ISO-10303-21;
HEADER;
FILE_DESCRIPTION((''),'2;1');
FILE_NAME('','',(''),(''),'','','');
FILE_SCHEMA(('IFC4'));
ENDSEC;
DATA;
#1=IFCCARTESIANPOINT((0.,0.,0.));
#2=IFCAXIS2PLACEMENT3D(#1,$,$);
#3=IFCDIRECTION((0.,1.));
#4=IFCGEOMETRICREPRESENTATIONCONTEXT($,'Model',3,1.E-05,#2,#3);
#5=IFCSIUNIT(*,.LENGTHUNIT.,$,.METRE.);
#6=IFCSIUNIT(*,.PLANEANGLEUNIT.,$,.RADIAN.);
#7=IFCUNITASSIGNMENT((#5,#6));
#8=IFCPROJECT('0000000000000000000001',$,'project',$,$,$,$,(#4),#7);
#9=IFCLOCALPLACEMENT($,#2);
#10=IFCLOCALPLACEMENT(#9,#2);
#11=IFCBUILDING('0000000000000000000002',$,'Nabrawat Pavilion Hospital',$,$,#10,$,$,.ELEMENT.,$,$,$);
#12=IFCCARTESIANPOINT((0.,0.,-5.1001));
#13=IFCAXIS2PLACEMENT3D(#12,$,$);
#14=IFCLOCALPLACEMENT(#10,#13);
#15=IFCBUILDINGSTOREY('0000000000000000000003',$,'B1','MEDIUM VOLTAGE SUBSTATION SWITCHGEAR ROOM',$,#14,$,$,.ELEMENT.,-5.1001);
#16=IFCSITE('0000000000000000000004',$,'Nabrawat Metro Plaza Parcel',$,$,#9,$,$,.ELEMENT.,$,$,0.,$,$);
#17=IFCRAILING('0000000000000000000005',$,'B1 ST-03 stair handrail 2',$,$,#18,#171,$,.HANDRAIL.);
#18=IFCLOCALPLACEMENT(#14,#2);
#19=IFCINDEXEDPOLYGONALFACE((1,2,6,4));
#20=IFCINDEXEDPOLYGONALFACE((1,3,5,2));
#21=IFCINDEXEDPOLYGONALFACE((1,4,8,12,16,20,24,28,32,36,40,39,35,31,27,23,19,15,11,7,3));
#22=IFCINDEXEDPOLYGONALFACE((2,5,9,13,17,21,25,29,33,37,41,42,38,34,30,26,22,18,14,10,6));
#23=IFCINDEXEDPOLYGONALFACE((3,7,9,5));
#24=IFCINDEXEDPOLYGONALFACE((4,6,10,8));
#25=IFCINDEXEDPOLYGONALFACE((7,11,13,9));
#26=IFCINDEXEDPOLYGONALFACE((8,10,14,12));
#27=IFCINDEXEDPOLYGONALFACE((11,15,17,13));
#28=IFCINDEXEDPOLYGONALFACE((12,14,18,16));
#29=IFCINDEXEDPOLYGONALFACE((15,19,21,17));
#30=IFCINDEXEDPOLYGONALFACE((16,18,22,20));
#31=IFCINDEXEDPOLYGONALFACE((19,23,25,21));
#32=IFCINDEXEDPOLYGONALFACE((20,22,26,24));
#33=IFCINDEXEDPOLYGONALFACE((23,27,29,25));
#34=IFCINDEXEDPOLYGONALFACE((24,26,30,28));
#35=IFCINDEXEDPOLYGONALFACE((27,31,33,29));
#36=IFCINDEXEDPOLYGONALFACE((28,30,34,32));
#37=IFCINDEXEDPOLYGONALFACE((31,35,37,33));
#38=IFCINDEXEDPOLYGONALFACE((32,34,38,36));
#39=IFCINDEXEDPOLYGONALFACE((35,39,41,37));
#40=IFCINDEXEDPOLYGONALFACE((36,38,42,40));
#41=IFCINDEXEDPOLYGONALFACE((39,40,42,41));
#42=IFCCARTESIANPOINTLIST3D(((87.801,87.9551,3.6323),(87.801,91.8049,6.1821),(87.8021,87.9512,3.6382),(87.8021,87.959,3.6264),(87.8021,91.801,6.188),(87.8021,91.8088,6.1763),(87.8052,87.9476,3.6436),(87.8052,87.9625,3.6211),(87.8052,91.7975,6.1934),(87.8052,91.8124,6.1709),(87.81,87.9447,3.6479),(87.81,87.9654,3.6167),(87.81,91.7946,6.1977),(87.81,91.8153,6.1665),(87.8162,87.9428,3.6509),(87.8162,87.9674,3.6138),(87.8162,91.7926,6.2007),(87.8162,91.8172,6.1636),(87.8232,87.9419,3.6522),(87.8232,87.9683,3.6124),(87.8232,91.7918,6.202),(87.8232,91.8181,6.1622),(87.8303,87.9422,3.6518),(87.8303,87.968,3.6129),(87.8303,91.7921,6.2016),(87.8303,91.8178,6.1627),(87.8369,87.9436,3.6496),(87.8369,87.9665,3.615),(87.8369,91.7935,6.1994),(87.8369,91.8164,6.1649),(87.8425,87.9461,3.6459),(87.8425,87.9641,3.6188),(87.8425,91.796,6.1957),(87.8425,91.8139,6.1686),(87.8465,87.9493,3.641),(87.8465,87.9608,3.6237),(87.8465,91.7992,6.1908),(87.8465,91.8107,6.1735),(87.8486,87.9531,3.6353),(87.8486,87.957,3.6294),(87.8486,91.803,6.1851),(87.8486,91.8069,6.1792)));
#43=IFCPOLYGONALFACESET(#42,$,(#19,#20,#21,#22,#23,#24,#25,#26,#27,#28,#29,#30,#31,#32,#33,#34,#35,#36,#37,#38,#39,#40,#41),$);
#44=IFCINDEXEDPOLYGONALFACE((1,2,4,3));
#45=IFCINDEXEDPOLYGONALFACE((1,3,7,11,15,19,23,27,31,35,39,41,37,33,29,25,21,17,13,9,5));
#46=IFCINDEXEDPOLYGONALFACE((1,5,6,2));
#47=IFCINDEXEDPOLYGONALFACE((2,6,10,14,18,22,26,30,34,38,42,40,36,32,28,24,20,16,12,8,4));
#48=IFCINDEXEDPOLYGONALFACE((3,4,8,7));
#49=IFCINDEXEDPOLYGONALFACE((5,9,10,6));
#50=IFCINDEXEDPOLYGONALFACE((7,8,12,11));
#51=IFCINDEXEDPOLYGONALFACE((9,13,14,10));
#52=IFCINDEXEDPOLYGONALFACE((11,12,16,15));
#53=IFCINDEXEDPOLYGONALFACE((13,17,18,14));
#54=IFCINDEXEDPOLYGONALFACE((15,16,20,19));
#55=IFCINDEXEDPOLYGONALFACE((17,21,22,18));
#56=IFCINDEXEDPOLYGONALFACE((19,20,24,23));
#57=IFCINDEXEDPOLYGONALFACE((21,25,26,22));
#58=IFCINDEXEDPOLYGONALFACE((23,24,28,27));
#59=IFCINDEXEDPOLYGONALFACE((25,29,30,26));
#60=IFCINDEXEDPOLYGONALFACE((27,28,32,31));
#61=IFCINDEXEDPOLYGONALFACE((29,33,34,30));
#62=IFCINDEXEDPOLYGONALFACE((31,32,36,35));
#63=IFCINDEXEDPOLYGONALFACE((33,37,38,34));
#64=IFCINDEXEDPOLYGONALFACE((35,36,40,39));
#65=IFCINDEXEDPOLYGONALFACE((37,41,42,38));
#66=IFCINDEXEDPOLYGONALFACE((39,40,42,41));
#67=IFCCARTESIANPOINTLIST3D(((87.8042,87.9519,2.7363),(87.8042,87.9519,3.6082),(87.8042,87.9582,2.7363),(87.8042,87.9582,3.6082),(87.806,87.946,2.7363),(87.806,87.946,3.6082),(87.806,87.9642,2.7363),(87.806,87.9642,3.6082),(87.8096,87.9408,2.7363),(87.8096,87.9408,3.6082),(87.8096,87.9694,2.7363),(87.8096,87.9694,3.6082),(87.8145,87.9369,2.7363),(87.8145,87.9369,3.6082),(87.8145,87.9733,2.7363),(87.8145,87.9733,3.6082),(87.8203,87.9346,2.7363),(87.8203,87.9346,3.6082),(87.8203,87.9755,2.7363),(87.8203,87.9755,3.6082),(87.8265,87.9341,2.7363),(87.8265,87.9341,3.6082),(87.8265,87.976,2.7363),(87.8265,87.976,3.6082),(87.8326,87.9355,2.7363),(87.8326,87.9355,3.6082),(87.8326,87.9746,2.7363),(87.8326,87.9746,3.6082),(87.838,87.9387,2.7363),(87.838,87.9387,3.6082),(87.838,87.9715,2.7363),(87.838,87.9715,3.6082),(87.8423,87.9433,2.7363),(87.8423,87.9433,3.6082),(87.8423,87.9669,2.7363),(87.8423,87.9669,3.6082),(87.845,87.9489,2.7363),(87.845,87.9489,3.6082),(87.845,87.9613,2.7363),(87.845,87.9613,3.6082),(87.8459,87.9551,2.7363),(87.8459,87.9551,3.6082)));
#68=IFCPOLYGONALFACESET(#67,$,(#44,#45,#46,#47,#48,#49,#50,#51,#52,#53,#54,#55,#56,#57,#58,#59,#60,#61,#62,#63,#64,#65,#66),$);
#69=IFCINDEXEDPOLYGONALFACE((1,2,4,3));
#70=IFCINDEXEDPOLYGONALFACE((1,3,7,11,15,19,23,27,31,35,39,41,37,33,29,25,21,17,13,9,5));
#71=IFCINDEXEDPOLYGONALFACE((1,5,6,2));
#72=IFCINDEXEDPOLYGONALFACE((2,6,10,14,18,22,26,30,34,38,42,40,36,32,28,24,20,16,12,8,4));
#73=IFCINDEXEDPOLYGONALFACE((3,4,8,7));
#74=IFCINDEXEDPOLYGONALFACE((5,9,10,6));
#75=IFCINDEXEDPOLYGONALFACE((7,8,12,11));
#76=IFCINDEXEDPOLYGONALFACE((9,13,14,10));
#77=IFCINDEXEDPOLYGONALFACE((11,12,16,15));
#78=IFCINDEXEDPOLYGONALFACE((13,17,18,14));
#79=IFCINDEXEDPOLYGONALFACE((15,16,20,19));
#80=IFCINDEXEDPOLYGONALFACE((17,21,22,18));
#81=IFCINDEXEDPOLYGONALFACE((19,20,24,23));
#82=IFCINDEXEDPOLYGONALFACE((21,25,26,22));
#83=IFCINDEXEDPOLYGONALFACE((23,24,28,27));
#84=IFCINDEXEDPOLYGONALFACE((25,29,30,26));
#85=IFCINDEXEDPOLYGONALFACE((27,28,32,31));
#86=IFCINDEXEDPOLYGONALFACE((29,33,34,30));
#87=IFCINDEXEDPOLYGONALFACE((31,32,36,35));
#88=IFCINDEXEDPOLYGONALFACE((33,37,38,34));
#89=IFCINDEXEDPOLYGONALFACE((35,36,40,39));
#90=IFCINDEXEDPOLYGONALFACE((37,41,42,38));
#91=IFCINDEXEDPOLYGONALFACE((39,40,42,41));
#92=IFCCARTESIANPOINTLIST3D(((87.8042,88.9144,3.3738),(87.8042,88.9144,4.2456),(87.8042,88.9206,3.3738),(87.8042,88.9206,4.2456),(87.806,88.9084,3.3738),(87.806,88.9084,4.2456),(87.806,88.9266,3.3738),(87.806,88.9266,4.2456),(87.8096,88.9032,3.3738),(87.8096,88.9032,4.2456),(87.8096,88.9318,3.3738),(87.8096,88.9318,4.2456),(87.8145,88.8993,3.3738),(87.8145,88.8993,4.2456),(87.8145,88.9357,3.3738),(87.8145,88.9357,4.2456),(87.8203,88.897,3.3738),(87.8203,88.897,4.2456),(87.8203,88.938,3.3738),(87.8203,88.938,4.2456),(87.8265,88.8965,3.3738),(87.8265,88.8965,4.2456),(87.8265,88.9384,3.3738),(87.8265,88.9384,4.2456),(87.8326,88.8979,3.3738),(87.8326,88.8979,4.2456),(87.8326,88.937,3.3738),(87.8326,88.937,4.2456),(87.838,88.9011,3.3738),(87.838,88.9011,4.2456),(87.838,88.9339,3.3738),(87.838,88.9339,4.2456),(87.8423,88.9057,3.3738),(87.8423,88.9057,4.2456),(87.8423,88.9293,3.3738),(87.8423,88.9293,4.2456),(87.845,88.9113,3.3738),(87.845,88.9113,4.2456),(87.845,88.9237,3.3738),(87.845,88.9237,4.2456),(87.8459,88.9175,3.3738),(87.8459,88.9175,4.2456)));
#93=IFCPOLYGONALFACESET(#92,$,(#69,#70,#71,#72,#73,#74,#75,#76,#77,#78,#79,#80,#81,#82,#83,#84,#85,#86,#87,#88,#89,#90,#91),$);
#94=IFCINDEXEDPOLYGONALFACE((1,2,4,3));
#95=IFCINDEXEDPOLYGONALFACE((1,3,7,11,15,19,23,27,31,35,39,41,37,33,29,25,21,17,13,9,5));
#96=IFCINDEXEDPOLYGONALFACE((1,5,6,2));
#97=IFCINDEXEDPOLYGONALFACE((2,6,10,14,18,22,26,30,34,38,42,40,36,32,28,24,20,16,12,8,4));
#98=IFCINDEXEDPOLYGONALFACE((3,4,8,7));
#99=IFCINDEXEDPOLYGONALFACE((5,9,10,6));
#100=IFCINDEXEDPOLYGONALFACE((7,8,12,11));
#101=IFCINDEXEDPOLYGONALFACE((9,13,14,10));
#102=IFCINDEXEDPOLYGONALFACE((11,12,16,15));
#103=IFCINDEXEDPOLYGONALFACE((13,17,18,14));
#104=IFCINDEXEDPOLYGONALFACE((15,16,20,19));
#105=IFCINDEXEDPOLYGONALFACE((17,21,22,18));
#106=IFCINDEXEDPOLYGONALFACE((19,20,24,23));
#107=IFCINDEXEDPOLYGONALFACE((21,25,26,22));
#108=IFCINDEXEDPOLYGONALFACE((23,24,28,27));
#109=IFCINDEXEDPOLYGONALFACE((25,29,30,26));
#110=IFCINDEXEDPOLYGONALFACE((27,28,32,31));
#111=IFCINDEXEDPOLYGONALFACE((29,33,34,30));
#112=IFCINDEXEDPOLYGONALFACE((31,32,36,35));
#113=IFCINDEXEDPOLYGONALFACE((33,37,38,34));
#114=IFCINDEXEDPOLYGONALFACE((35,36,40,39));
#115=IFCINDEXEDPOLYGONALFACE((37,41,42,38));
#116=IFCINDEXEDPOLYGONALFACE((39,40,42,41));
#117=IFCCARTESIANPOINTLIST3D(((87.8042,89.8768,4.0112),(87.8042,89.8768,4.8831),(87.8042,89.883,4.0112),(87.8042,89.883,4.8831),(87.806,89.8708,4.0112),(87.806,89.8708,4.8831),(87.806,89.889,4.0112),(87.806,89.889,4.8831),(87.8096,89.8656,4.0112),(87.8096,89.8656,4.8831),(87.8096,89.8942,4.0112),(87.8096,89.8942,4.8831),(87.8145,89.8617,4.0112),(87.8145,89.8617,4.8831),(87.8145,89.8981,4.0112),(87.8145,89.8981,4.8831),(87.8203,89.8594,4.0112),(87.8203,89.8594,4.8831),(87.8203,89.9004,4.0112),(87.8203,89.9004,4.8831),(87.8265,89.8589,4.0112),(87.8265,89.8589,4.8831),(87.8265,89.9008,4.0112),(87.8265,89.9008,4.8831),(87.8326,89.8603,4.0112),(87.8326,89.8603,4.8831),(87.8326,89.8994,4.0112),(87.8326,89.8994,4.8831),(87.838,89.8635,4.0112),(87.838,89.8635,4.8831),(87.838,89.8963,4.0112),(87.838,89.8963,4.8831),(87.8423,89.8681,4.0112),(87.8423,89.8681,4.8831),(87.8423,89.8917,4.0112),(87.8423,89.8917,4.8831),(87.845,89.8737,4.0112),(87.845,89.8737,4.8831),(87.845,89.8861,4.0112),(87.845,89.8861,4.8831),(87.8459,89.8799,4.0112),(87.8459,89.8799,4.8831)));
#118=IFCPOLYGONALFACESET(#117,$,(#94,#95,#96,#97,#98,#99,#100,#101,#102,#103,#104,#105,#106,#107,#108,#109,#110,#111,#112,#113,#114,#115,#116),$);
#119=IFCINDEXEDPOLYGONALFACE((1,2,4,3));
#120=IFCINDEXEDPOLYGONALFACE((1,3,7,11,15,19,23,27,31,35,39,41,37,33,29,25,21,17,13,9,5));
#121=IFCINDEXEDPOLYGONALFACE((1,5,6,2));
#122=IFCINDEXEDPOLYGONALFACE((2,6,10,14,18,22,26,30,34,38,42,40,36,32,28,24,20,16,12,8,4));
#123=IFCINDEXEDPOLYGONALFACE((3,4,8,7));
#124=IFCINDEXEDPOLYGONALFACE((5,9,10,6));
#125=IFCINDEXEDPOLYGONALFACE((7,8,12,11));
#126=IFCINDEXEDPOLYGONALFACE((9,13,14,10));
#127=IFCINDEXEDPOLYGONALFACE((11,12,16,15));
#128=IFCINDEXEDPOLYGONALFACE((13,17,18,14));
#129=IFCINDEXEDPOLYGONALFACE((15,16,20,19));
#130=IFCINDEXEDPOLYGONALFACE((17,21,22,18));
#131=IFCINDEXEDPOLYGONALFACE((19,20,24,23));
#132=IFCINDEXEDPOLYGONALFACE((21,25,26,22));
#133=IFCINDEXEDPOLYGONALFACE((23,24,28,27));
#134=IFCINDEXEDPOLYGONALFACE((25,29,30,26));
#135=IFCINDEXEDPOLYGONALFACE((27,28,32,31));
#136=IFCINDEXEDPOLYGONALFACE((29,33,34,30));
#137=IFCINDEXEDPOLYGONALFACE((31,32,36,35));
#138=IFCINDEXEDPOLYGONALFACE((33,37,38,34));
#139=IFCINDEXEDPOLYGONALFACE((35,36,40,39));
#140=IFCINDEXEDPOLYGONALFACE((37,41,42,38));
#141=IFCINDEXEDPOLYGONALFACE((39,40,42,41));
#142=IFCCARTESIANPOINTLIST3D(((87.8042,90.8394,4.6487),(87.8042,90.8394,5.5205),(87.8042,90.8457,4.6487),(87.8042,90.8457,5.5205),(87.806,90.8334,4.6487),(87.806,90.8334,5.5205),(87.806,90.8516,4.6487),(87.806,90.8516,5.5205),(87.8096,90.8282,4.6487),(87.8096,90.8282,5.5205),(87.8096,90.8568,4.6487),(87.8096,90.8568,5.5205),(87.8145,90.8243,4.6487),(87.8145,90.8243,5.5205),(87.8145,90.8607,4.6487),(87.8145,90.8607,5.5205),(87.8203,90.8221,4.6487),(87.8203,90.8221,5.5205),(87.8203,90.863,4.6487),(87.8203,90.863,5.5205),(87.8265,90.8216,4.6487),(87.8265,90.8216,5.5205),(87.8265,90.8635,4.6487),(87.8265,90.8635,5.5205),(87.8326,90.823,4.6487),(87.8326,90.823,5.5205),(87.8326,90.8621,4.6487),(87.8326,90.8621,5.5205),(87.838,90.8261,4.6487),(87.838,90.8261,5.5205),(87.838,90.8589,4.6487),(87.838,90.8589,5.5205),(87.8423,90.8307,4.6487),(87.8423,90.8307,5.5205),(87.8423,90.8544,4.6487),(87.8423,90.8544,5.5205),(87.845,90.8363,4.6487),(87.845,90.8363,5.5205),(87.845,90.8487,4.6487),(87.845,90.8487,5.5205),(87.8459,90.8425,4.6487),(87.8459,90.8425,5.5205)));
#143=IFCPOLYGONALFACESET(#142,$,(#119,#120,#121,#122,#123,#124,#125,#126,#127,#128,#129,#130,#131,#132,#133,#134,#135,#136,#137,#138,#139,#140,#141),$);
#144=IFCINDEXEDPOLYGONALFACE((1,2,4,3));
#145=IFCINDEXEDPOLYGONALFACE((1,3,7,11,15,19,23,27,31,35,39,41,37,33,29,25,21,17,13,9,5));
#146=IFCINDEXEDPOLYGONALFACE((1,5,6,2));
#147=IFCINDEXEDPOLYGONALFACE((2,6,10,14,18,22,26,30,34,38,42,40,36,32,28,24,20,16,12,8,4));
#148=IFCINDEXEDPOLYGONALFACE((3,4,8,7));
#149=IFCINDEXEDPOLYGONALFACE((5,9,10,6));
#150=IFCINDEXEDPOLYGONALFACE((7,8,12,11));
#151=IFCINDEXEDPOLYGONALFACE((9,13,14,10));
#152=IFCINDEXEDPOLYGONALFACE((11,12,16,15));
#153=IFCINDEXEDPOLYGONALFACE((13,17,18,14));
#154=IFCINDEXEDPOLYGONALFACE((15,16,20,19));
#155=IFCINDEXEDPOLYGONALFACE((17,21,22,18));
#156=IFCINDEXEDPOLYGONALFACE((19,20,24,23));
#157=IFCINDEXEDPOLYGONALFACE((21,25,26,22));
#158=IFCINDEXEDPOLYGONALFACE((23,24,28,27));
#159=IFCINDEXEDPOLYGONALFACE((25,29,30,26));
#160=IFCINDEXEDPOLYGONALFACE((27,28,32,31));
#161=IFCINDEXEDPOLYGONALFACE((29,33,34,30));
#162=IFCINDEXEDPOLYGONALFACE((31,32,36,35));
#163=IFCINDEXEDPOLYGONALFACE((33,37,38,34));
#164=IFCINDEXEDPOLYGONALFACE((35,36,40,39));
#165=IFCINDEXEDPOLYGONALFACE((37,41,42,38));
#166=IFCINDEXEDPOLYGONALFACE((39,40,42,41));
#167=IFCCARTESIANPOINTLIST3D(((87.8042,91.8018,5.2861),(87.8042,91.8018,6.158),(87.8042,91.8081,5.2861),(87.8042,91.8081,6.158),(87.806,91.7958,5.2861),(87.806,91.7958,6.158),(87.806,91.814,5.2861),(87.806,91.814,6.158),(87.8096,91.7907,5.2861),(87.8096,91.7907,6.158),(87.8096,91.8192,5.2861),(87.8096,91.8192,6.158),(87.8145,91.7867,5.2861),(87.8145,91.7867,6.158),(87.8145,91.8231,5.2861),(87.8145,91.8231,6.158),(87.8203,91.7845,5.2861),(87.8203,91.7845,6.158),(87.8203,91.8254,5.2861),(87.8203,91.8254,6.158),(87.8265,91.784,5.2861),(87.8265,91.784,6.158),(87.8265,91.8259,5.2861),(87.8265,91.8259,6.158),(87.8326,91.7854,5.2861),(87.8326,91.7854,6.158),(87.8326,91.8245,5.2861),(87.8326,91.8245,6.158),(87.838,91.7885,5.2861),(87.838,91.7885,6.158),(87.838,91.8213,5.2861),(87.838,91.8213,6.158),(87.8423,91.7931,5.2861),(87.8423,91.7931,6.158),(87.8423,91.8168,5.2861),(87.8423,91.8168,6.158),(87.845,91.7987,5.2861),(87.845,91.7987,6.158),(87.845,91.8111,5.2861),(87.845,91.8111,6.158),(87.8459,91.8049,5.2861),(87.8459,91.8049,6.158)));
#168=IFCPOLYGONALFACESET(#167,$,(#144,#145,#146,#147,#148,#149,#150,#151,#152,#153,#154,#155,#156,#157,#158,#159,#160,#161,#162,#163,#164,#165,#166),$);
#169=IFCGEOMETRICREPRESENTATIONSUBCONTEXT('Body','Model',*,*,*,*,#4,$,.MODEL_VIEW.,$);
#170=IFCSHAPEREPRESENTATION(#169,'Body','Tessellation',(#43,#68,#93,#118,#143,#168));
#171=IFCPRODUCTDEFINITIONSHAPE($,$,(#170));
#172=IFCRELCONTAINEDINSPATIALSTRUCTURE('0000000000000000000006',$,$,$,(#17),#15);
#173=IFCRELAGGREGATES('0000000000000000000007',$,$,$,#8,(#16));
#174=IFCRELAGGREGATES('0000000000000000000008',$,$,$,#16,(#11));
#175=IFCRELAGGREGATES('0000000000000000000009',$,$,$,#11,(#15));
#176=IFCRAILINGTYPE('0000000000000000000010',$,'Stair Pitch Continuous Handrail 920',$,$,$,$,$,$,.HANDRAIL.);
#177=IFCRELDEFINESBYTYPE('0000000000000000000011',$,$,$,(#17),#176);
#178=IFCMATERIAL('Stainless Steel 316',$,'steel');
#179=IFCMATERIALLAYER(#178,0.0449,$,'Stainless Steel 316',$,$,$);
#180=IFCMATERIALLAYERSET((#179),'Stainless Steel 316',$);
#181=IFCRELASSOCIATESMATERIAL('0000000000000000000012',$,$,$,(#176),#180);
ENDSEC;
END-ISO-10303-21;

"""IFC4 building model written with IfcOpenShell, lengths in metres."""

from ifc_helpers import new_model, si_unit, direction, frame, origin, origin_2d, place, context, subcontext, project, spatial, circle, extrude, material, layer, layer_set, type_object, element, save


model = new_model("IFC4")

# Units and contexts
model_context = context("Model", 3, precision=1e-05, world=origin(), true_north=direction((0.0, 1.0)))
body_context = subcontext(model_context, "Body", "Model", "MODEL_VIEW")
ifc_project = project(units=[si_unit("LENGTHUNIT", "METRE"), si_unit("PLANEANGLEUNIT", "RADIAN")], contexts=[model_context])

# Site, building, storey
site_placement = place(None, origin())
site = spatial("IfcSite", under=ifc_project, at=site_placement, Name="Nabrawat Metro Plaza Parcel", CompositionType="ELEMENT", RefElevation=0.0)
building_placement = place(site_placement, origin())
building = spatial("IfcBuilding", under=site, at=building_placement, Name="Nabrawat Pavilion Hospital", CompositionType="ELEMENT")
storey_placement = place(building_placement, frame((0.0, 0.0, -5.1001)))
storey = spatial("IfcBuildingStorey", under=building, at=storey_placement, Name="B1", Description="MEDIUM VOLTAGE SUBSTATION SWITCHGEAR ROOM", CompositionType="ELEMENT", Elevation=-5.1001)

# Railing
ifc_material_1 = material(Name="Stainless Steel 316", Category="steel")
ifc_layer_1 = layer(ifc_material_1, 0.0449, Name="Stainless Steel 316")
ifc_layer_set_1 = layer_set([ifc_layer_1], Name="Stainless Steel 316")
railing_type_1 = type_object("IfcRailingType", Name="Stair Pitch Continuous Handrail 920", PredefinedType="HANDRAIL", material=ifc_layer_set_1)
railing_1_placement = place(storey_placement, frame((87.825, 87.9551, 2.7363)))
element("IfcRailing", 1, at=railing_1_placement, inside=storey, type_object=railing_type_1, Name="B1 ST-03 stair handrail 2", PredefinedType="HANDRAIL", context=body_context, shape_type="SweptSolid", body=[
    extrude(circle(Radius=0.0239, at=origin_2d()), frame((0.0, 0.0, 0.896), z_axis=(0.0, 0.833722, 0.552184), x_axis=(-1.0, 0.0, 0.0)), (0.0, 0.0, 1.0), 4.6177),
    extrude(circle(Radius=0.021, at=origin_2d()), origin(), (0.0, 0.0, 1.0), 0.8718),
    extrude(circle(Radius=0.021, at=origin_2d()), frame((0.0, 0.9624, 0.6375)), (0.0, 0.0, 1.0), 0.8718),
    extrude(circle(Radius=0.021, at=origin_2d()), frame((0.0, 1.9248, 1.2749)), (0.0, 0.0, 1.0), 0.8718),
    extrude(circle(Radius=0.021, at=origin_2d()), frame((0.0, 2.8875, 1.9124)), (0.0, 0.0, 1.0), 0.8718),
    extrude(circle(Radius=0.021, at=origin_2d()), frame((0.0, 3.8499, 2.5498)), (0.0, 0.0, 1.0), 0.8718),
])

save(model, "model.ifc")
